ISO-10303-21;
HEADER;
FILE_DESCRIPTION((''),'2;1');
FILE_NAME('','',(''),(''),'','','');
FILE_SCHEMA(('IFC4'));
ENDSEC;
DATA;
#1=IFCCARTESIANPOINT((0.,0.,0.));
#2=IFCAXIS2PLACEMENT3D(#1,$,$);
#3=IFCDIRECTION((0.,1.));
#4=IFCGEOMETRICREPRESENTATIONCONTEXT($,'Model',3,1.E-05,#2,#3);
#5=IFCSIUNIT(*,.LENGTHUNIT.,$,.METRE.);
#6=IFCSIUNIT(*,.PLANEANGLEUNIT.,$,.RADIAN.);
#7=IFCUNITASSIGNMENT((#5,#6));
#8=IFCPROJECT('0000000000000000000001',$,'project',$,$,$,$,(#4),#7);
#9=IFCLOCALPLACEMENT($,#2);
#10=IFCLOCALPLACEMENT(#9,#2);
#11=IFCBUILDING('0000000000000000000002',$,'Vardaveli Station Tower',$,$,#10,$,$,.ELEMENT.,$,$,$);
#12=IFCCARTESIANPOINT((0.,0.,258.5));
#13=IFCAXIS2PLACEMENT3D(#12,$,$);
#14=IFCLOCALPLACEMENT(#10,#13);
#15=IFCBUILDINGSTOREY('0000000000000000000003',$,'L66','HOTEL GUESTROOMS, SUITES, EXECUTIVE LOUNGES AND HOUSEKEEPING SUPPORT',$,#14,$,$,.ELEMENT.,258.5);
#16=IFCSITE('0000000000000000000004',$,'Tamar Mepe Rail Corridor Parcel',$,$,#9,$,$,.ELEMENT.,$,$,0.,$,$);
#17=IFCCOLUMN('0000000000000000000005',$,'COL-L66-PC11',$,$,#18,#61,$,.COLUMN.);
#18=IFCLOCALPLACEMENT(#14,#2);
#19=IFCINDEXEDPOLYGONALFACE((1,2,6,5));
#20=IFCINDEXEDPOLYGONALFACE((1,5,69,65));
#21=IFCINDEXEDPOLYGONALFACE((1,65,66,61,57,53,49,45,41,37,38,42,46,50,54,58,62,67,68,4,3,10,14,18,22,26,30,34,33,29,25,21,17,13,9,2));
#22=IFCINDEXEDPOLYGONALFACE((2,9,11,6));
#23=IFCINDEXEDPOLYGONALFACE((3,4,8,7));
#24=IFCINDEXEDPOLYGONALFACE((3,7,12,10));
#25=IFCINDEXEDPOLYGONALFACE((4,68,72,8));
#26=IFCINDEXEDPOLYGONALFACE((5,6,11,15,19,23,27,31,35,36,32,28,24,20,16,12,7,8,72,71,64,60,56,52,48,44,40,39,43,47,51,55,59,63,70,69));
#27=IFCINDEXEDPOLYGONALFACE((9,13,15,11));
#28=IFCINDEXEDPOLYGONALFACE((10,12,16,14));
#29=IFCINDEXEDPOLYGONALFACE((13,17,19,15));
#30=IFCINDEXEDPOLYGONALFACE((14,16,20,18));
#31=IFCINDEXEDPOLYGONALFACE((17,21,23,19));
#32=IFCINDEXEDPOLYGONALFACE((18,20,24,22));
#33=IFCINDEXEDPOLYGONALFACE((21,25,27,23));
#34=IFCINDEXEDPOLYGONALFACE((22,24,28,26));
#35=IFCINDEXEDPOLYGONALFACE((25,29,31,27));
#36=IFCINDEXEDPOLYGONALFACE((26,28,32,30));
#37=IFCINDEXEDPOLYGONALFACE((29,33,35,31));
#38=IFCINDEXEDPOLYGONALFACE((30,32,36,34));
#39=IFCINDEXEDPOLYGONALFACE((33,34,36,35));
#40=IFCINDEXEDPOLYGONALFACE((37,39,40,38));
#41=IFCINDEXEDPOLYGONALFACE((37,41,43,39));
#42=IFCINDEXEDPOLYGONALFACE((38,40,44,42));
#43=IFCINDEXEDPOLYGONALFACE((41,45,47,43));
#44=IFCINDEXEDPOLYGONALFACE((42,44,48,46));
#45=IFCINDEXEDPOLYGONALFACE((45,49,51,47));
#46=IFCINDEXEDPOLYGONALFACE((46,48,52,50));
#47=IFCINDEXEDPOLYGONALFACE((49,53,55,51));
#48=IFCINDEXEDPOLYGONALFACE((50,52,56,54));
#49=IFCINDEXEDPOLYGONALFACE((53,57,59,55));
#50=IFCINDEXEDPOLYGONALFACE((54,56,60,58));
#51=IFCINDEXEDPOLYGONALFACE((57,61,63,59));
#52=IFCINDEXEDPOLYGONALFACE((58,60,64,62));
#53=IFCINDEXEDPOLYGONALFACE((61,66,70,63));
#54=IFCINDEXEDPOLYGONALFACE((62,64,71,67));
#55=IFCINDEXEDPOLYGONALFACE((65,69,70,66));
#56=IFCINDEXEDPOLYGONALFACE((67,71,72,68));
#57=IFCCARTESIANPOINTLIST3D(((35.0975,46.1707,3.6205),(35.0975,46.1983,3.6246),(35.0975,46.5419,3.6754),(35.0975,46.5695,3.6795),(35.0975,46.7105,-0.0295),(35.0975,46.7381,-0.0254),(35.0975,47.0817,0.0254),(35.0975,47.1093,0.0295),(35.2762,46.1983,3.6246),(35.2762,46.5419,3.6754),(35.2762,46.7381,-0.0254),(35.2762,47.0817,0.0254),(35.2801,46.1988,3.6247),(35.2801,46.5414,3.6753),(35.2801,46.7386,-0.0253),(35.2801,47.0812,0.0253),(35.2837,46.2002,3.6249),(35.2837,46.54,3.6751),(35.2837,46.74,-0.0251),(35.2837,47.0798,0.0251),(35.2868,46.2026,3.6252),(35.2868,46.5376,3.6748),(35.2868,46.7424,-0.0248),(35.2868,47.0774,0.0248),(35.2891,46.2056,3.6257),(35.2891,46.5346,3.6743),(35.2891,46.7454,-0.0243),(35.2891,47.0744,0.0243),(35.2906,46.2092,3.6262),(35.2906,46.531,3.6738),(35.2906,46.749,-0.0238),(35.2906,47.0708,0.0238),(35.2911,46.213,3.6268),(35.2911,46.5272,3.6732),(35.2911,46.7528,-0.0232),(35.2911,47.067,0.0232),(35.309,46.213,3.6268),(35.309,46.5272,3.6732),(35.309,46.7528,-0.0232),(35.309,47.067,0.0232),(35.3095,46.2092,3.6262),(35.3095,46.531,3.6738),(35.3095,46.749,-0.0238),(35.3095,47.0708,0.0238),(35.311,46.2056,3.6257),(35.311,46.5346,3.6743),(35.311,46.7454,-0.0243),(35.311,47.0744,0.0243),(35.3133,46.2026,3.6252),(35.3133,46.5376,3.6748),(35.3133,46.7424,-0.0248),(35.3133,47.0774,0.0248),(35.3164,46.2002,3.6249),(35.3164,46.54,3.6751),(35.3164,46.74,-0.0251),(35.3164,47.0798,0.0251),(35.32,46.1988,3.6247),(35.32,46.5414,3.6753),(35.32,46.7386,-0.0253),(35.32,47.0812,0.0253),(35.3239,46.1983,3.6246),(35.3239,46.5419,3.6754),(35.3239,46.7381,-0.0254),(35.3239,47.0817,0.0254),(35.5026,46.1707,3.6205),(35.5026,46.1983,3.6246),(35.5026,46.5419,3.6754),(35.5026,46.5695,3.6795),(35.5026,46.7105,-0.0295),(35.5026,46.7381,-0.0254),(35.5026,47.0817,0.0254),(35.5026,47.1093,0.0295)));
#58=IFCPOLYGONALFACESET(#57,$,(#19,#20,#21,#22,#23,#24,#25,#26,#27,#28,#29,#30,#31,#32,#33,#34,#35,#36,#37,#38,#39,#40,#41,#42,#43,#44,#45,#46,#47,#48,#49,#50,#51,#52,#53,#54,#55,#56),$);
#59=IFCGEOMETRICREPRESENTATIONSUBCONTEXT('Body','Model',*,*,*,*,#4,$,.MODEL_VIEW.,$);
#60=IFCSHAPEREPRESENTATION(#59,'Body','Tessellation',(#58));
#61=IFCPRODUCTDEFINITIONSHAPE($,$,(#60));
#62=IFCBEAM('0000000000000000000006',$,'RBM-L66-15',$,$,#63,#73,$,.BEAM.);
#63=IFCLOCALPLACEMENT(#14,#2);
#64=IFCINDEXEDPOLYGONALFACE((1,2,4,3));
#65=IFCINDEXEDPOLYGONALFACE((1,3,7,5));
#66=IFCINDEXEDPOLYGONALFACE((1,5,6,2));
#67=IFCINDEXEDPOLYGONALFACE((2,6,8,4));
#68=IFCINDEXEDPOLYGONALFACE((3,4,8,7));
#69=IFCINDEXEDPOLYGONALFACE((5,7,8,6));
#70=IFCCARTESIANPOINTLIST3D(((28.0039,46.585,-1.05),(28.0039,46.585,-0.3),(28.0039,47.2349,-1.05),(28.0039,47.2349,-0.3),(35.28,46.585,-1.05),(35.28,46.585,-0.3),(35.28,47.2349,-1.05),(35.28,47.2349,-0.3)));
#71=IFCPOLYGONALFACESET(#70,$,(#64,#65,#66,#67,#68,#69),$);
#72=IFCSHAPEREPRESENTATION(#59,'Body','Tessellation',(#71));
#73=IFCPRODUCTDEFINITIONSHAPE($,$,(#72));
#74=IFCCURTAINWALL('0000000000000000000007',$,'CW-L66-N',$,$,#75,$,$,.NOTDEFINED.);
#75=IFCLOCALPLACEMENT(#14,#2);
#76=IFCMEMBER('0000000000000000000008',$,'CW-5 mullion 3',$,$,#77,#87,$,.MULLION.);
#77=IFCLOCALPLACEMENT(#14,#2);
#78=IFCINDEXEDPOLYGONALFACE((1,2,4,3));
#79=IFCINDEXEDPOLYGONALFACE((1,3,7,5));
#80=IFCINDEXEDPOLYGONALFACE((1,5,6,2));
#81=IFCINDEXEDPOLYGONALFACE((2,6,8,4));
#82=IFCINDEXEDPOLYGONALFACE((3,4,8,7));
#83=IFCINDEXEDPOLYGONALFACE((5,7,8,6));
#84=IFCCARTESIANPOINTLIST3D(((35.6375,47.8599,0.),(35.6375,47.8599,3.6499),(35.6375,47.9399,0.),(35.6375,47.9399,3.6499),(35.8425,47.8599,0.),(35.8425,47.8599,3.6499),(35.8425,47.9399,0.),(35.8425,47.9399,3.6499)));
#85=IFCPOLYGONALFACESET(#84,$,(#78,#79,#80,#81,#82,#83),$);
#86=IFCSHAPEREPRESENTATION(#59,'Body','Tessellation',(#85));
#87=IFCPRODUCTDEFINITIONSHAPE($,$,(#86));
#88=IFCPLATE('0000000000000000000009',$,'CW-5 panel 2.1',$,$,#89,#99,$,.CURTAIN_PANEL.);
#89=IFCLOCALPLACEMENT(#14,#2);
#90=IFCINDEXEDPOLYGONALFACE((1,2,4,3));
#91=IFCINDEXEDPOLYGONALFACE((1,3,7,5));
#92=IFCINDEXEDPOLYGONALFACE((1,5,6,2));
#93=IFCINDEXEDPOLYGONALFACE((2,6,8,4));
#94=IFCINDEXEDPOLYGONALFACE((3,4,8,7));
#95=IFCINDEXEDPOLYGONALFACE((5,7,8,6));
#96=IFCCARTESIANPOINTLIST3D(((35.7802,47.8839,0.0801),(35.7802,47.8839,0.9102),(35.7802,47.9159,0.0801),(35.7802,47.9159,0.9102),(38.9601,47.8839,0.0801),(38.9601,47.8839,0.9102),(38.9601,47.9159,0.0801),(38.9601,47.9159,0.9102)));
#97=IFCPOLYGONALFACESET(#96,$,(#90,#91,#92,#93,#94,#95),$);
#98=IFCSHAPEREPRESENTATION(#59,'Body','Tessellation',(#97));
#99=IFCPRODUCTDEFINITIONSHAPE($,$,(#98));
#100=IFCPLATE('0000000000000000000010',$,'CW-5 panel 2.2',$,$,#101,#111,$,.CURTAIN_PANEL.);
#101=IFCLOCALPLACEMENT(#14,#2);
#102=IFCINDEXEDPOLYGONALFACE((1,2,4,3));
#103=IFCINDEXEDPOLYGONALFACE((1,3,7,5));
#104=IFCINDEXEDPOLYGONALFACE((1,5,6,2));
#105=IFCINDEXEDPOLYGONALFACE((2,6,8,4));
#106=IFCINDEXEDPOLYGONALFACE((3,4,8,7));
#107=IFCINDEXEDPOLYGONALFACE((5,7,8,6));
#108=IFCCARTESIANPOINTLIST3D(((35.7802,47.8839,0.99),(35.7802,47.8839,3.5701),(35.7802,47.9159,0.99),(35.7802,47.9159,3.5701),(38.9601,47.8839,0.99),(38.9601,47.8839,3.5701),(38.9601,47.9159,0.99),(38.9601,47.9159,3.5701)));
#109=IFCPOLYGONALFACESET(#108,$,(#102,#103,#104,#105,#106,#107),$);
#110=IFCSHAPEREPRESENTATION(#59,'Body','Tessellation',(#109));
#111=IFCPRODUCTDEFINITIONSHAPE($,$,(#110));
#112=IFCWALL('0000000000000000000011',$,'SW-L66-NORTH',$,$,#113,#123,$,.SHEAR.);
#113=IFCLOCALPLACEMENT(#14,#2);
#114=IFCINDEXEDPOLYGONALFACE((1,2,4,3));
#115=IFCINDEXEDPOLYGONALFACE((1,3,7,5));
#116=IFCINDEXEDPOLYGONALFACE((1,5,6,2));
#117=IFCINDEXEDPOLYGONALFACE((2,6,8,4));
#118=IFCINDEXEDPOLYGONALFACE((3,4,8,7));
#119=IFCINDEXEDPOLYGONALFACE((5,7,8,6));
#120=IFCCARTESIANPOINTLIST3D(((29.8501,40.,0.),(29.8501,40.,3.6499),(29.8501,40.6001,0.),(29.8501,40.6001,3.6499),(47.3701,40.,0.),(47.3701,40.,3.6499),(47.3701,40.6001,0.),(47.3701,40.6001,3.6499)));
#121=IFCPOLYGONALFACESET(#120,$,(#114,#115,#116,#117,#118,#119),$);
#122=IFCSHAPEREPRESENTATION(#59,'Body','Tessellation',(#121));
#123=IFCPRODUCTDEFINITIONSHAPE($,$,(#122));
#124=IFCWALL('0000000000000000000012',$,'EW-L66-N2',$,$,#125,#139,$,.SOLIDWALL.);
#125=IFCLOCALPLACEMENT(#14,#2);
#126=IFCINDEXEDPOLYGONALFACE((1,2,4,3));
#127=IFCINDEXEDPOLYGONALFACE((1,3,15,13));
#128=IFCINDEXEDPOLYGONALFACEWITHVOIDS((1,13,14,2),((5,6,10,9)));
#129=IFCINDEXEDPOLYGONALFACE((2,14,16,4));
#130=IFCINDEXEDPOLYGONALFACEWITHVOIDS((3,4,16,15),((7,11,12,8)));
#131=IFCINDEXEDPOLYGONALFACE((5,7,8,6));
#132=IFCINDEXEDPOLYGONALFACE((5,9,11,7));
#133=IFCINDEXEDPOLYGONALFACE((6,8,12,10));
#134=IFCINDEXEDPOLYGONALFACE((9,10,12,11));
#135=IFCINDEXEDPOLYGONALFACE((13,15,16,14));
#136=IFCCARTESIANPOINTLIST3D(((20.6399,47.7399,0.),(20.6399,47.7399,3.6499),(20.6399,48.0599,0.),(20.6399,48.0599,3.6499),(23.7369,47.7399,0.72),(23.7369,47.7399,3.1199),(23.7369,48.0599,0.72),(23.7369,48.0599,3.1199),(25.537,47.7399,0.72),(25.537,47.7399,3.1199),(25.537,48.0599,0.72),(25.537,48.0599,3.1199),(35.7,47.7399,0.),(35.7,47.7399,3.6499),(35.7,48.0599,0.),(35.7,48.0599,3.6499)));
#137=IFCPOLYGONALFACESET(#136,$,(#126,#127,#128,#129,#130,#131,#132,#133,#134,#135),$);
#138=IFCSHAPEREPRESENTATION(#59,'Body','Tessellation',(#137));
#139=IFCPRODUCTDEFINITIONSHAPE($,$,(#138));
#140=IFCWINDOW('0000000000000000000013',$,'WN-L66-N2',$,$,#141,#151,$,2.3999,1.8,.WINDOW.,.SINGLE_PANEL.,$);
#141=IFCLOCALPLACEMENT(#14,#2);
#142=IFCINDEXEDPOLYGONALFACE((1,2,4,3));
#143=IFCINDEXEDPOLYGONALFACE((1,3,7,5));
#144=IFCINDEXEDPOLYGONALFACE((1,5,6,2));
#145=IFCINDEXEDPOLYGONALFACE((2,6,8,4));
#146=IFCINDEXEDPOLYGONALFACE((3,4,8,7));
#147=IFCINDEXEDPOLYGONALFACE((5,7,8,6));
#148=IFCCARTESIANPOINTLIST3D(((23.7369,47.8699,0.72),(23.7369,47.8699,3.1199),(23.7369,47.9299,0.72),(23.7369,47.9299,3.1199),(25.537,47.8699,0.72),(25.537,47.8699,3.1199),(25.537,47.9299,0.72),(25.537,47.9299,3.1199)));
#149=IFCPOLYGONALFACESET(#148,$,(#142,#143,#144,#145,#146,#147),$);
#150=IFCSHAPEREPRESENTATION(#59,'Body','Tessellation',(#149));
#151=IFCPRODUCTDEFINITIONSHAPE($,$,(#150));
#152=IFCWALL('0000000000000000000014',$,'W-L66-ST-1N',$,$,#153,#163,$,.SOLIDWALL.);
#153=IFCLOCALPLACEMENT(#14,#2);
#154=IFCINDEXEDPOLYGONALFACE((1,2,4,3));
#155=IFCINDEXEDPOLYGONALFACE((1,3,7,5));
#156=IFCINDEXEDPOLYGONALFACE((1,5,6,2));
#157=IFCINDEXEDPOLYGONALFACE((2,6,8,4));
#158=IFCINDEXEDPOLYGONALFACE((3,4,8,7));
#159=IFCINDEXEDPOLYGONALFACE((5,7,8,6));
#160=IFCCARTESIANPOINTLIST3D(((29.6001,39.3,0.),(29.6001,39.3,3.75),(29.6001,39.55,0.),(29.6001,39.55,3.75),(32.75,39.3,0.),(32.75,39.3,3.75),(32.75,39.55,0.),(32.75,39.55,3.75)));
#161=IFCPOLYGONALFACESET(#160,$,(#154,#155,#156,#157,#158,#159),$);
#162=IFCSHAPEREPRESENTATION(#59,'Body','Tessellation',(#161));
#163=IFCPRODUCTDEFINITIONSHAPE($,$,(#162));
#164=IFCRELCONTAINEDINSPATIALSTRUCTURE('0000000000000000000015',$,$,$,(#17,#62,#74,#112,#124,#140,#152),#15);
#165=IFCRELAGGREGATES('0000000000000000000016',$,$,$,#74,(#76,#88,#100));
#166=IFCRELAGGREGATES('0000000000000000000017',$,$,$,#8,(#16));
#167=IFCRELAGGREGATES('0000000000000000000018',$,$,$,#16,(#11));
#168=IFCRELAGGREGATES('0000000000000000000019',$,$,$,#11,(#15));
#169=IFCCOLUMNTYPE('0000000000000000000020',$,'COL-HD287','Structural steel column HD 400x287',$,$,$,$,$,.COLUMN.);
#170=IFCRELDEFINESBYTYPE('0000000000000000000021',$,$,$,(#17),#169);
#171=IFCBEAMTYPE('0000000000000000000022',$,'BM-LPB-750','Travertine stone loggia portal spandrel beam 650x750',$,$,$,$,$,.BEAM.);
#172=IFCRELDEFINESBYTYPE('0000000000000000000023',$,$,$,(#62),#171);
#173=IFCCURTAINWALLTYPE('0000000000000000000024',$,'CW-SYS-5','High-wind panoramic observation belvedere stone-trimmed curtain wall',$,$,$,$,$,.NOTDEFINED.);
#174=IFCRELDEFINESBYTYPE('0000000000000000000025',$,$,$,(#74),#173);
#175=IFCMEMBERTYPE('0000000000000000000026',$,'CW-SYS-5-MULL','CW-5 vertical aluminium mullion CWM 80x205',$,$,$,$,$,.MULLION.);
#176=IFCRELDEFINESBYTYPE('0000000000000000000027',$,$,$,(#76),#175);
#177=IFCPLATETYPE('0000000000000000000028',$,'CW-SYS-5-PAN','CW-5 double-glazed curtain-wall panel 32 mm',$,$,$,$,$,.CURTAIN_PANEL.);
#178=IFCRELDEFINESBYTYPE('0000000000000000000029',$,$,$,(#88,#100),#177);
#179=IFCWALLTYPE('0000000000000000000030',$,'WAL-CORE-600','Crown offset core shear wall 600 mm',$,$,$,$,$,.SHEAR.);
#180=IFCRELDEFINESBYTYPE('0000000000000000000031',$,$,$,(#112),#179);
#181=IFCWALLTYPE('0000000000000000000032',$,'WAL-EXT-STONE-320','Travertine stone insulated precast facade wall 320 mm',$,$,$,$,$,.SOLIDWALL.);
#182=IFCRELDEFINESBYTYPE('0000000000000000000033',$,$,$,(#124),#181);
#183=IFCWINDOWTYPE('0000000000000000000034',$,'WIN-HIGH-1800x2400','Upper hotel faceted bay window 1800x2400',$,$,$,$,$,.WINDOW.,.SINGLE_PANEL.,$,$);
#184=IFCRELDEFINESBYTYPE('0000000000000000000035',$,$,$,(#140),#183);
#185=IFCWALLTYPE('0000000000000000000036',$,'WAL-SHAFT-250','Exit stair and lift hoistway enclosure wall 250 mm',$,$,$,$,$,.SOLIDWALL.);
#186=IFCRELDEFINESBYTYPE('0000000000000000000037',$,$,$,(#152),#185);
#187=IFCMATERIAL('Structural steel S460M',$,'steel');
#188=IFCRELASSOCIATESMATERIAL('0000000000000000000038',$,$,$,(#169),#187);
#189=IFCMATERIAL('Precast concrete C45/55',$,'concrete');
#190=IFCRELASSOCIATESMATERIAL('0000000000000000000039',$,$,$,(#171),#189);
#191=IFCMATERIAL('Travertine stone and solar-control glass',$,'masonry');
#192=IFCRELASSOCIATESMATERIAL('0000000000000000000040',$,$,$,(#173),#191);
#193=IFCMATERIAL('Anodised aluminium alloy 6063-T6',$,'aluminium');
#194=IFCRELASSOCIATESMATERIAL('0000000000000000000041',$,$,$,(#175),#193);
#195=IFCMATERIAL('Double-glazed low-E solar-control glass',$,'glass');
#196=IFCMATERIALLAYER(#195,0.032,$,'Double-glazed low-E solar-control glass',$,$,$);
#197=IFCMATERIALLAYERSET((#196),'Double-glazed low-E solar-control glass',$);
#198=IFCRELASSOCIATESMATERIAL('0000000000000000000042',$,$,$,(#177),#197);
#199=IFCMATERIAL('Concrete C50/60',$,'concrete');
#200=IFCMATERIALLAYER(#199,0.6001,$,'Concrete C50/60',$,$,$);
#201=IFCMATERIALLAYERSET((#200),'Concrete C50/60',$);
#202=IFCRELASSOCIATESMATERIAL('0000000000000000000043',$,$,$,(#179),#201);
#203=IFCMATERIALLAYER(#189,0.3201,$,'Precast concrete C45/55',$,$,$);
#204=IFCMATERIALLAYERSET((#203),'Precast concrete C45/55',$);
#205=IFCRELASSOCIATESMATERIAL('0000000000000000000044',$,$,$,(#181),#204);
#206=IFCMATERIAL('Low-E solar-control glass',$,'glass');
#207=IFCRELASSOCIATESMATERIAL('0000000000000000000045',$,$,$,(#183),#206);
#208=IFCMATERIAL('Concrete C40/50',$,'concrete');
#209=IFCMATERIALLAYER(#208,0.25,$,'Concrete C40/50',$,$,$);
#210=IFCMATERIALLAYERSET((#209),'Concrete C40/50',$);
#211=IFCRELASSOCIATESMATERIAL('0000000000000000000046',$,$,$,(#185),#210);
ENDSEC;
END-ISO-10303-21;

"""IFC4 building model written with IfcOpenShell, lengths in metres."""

from ifc_helpers import new_model, si_unit, direction, frame, frame_2d, origin, origin_2d, place, context, subcontext, project, spatial, rectangle, i_section, extrude, source, transform, mapped, material, layer, layer_set, material_profile, profile_set, type_object, element, fill, aggregate, save


model = new_model("IFC4")

# Units and contexts
model_context = context("Model", 3, precision=1e-05, world=origin(), true_north=direction((0.0, 1.0)))
body_context = subcontext(model_context, "Body", "Model", "MODEL_VIEW")
ifc_project = project(units=[si_unit("LENGTHUNIT", "METRE"), si_unit("PLANEANGLEUNIT", "RADIAN")], contexts=[model_context])

# Site, building, storey
site_placement = place(None, origin())
site = spatial("IfcSite", under=ifc_project, at=site_placement, Name="Tamar Mepe Rail Corridor Parcel", CompositionType="ELEMENT", RefElevation=0.0)
building_placement = place(site_placement, origin())
building = spatial("IfcBuilding", under=site, at=building_placement, Name="Vardaveli Station Tower", CompositionType="ELEMENT")
storey_placement = place(building_placement, frame((0.0, 0.0, 258.5)))
storey = spatial("IfcBuildingStorey", under=building, at=storey_placement, Name="L66", Description="HOTEL GUESTROOMS, SUITES, EXECUTIVE LOUNGES AND HOUSEKEEPING SUPPORT", CompositionType="ELEMENT", Elevation=258.5)

# Column
ifc_material_1 = material(Name="Structural steel S460M", Category="steel")
ifc_material_profile_1 = material_profile(ifc_material_1, i_section(OverallWidth=0.405, OverallDepth=0.4031, WebThickness=0.0178, FlangeThickness=0.0278, FilletRadius=0.0149, at=origin_2d()), Name="HD 400x287")
ifc_profile_set_1 = profile_set([ifc_material_profile_1], Name="Structural steel S460M")
column_type = type_object("IfcColumnType", Name="COL-HD287", Description="Structural steel column HD 400x287", PredefinedType="COLUMN", material=ifc_profile_set_1)
shared_shape_1 = source(origin(), body_context, "Body", "SweptSolid", [
    extrude(i_section(OverallWidth=0.405, OverallDepth=0.4031, WebThickness=0.0178, FlangeThickness=0.0278, FilletRadius=0.0149, at=origin_2d()), origin(), (0.0, 0.0, 1.0), 3.6897),
])
column_placement = place(storey_placement, frame((35.3, 46.9099, 0.0), z_axis=(0.0, -0.146302, 0.98924), x_axis=(1.0, 0.0, 0.0)))
element("IfcColumn", 1, at=column_placement, inside=storey, type_object=column_type, Name="COL-L66-PC11", PredefinedType="COLUMN", context=body_context, shape_type="MappedRepresentation", body=[
    mapped(shared_shape_1, transform((0.0, 0.0, 0.0), scale=1.0)),
])

# Beam
ifc_material_2 = material(Name="Precast concrete C45/55", Category="concrete")
ifc_material_profile_2 = material_profile(ifc_material_2, rectangle(XDim=0.6499, YDim=0.75, at=origin_2d()), Name="LPB 650x750")
ifc_profile_set_2 = profile_set([ifc_material_profile_2], Name="Precast concrete C45/55")
beam_type = type_object("IfcBeamType", Name="BM-LPB-750", Description="Travertine stone loggia portal spandrel beam 650x750", PredefinedType="BEAM", material=ifc_profile_set_2)
shared_shape_2 = source(origin(), body_context, "Body", "SweptSolid", [
    extrude(rectangle(XDim=0.6499, YDim=0.75, at=origin_2d()), origin(), (0.0, 0.0, 1.0), 7.2761),
])
beam_placement = place(storey_placement, frame((35.28, 46.9099, -0.675), z_axis=(-1.0, 0.0, 0.0), x_axis=(0.0, -1.0, 0.0)))
element("IfcBeam", 2, at=beam_placement, inside=storey, type_object=beam_type, Name="RBM-L66-15", PredefinedType="BEAM", context=body_context, shape_type="MappedRepresentation", body=[
    mapped(shared_shape_2, transform((0.0, 0.0, 0.0), scale=1.0)),
])

# Curtain wall, member, plates
ifc_material_3 = material(Name="Travertine stone and solar-control glass", Category="masonry")
curtain_wall_type = type_object("IfcCurtainWallType", Name="CW-SYS-5", Description="High-wind panoramic observation belvedere stone-trimmed curtain wall", PredefinedType="NOTDEFINED", material=ifc_material_3)
curtain_wall_placement = place(storey_placement, origin())
curtain_wall = element("IfcCurtainWall", 3, at=curtain_wall_placement, inside=storey, type_object=curtain_wall_type, Name="CW-L66-N", PredefinedType="NOTDEFINED")
ifc_material_4 = material(Name="Anodised aluminium alloy 6063-T6", Category="aluminium")
ifc_material_profile_3 = material_profile(ifc_material_4, rectangle(XDim=0.0801, YDim=0.2051, at=origin_2d()), Name="CWM 80x205")
ifc_profile_set_3 = profile_set([ifc_material_profile_3], Name="Anodised aluminium alloy 6063-T6")
member_type = type_object("IfcMemberType", Name="CW-SYS-5-MULL", Description="CW-5 vertical aluminium mullion CWM 80x205", PredefinedType="MULLION", material=ifc_profile_set_3)
shared_shape_3 = source(origin(), body_context, "Body", "SweptSolid", [
    extrude(rectangle(XDim=0.0801, YDim=0.2051, at=origin_2d()), origin(), (0.0, 0.0, 1.0), 3.6499),
])
member_placement = place(storey_placement, frame((35.74, 47.8999, 0.0), z_axis=(0.0, 0.0, 1.0), x_axis=(0.0, -1.0, 0.0)))
member = element("IfcMember", 4, at=member_placement, type_object=member_type, Name="CW-5 mullion 3", PredefinedType="MULLION", context=body_context, shape_type="MappedRepresentation", body=[
    mapped(shared_shape_3, transform((0.0, 0.0, 0.0), scale=1.0)),
])
ifc_material_5 = material(Name="Double-glazed low-E solar-control glass", Category="glass")
ifc_layer_1 = layer(ifc_material_5, 0.032, Name="Double-glazed low-E solar-control glass")
ifc_layer_set_1 = layer_set([ifc_layer_1], Name="Double-glazed low-E solar-control glass")
plate_type = type_object("IfcPlateType", Name="CW-SYS-5-PAN", Description="CW-5 double-glazed curtain-wall panel 32 mm", PredefinedType="CURTAIN_PANEL", material=ifc_layer_set_1)
shared_shape_4 = source(origin(), body_context, "Body", "SweptSolid", [
    extrude(rectangle(XDim=3.1799, YDim=0.032, at=origin_2d()), origin(), (0.0, 0.0, 1.0), 0.8301),
])
plate_1_placement = place(storey_placement, frame((37.3701, 47.8999, 0.0801), z_axis=(0.0, 0.0, 1.0), x_axis=(-1.0, 0.0, 0.0)))
plate_1 = element("IfcPlate", 5, at=plate_1_placement, type_object=plate_type, Name="CW-5 panel 2.1", PredefinedType="CURTAIN_PANEL", context=body_context, shape_type="MappedRepresentation", body=[
    mapped(shared_shape_4, transform((0.0, 0.0, 0.0), scale=1.0)),
])
shared_shape_5 = source(origin(), body_context, "Body", "SweptSolid", [
    extrude(rectangle(XDim=3.1799, YDim=0.032, at=origin_2d()), origin(), (0.0, 0.0, 1.0), 2.5801),
])
plate_2_placement = place(storey_placement, frame((37.3701, 47.8999, 0.99), z_axis=(0.0, 0.0, 1.0), x_axis=(-1.0, 0.0, 0.0)))
plate_2 = element("IfcPlate", 6, at=plate_2_placement, type_object=plate_type, Name="CW-5 panel 2.2", PredefinedType="CURTAIN_PANEL", context=body_context, shape_type="MappedRepresentation", body=[
    mapped(shared_shape_5, transform((0.0, 0.0, 0.0), scale=1.0)),
])
aggregate(curtain_wall, [member, plate_1, plate_2])

# Wall
ifc_material_6 = material(Name="Concrete C50/60", Category="concrete")
ifc_layer_2 = layer(ifc_material_6, 0.6001, Name="Concrete C50/60")
ifc_layer_set_2 = layer_set([ifc_layer_2], Name="Concrete C50/60")
wall_type_1 = type_object("IfcWallType", Name="WAL-CORE-600", Description="Crown offset core shear wall 600 mm", PredefinedType="SHEAR", material=ifc_layer_set_2)
shared_shape_6 = source(origin(), body_context, "Body", "SweptSolid", [
    extrude(rectangle(XDim=17.52, YDim=0.6001, at=frame_2d((8.76, 0.0))), origin(), (0.0, 0.0, 1.0), 3.6499),
])
wall_1_placement = place(storey_placement, frame((29.8501, 40.3, 0.0), z_axis=(0.0, 0.0, 1.0), x_axis=(1.0, 0.0, 0.0)))
element("IfcWall", 7, at=wall_1_placement, inside=storey, type_object=wall_type_1, Name="SW-L66-NORTH", PredefinedType="SHEAR", context=body_context, shape_type="MappedRepresentation", body=[
    mapped(shared_shape_6, transform((0.0, 0.0, 0.0), scale=1.0)),
])

# Wall, opening, window
ifc_layer_3 = layer(ifc_material_2, 0.3201, Name="Precast concrete C45/55")
ifc_layer_set_3 = layer_set([ifc_layer_3], Name="Precast concrete C45/55")
wall_type_2 = type_object("IfcWallType", Name="WAL-EXT-STONE-320", Description="Travertine stone insulated precast facade wall 320 mm", PredefinedType="SOLIDWALL", material=ifc_layer_set_3)
shared_shape_7 = source(origin(), body_context, "Body", "SweptSolid", [
    extrude(rectangle(XDim=15.0601, YDim=0.3201, at=frame_2d((7.53, 0.0))), origin(), (0.0, 0.0, 1.0), 3.6499),
])
wall_2_placement = place(storey_placement, frame((35.7, 47.8999, 0.0), z_axis=(0.0, 0.0, 1.0), x_axis=(-1.0, 0.0, 0.0)))
wall_2 = element("IfcWall", 8, at=wall_2_placement, inside=storey, type_object=wall_type_2, Name="EW-L66-N2", PredefinedType="SOLIDWALL", context=body_context, shape_type="MappedRepresentation", body=[
    mapped(shared_shape_7, transform((0.0, 0.0, 0.0), scale=1.0)),
])
shared_shape_8 = source(origin(), body_context, "Body", "SweptSolid", [
    extrude(rectangle(XDim=1.8, YDim=2.3999, at=frame_2d((0.8999, 1.2))), frame((0.0, 0.1699, 0.0), z_axis=(0.0, -1.0, 0.0), x_axis=(1.0, 0.0, 0.0)), (0.0, 0.0, 1.0), 0.3401),
])
opening_1_placement = place(wall_2_placement, frame((10.1631, 0.0, 0.72)))
opening_1 = element("IfcOpeningElement", 9, at=opening_1_placement, cuts=wall_2, PredefinedType="OPENING", context=body_context, shape_type="MappedRepresentation", body=[
    mapped(shared_shape_8, transform((0.0, 0.0, 0.0), scale=1.0)),
])
ifc_material_7 = material(Name="Low-E solar-control glass", Category="glass")
window_type = type_object("IfcWindowType", Name="WIN-HIGH-1800x2400", Description="Upper hotel faceted bay window 1800x2400", PartitioningType="SINGLE_PANEL", PredefinedType="WINDOW", material=ifc_material_7)
shared_shape_9 = source(origin(), body_context, "Body", "SweptSolid", [
    extrude(rectangle(XDim=1.8, YDim=2.3999, at=frame_2d((0.8999, 1.2))), frame((0.0, 0.03, 0.0), z_axis=(0.0, -1.0, 0.0), x_axis=(1.0, 0.0, 0.0)), (0.0, 0.0, 1.0), 0.0601),
])
window_placement = place(opening_1_placement, origin())
window = element("IfcWindow", 10, at=window_placement, inside=storey, type_object=window_type, Name="WN-L66-N2", OverallHeight=2.3999, OverallWidth=1.8, PartitioningType="SINGLE_PANEL", PredefinedType="WINDOW", context=body_context, shape_type="MappedRepresentation", body=[
    mapped(shared_shape_9, transform((0.0, 0.0, 0.0), scale=1.0)),
])
fill(opening_1, window)

# Wall
ifc_material_8 = material(Name="Concrete C40/50", Category="concrete")
ifc_layer_4 = layer(ifc_material_8, 0.25, Name="Concrete C40/50")
ifc_layer_set_4 = layer_set([ifc_layer_4], Name="Concrete C40/50")
wall_type_3 = type_object("IfcWallType", Name="WAL-SHAFT-250", Description="Exit stair and lift hoistway enclosure wall 250 mm", PredefinedType="SOLIDWALL", material=ifc_layer_set_4)
shared_shape_10 = source(origin(), body_context, "Body", "SweptSolid", [
    extrude(rectangle(XDim=3.1499, YDim=0.25, at=frame_2d((1.575, 0.0))), origin(), (0.0, 0.0, 1.0), 3.75),
])
for number, where, z_axis, x_axis, name in (
    (11, (29.6001, 39.425, 0.0), (0.0, 0.0, 1.0), (1.0, 0.0, 0.0), "W-L66-ST-1N"),
):
    element("IfcWall", number, at=place(storey_placement, frame(where, z_axis=z_axis, x_axis=x_axis)), inside=storey, type_object=wall_type_3, Name=name, PredefinedType="SOLIDWALL", context=body_context, shape_type="MappedRepresentation", body=[
        mapped(shared_shape_10, transform((0.0, 0.0, 0.0), scale=1.0)),
    ])

save(model, "model.ifc")
